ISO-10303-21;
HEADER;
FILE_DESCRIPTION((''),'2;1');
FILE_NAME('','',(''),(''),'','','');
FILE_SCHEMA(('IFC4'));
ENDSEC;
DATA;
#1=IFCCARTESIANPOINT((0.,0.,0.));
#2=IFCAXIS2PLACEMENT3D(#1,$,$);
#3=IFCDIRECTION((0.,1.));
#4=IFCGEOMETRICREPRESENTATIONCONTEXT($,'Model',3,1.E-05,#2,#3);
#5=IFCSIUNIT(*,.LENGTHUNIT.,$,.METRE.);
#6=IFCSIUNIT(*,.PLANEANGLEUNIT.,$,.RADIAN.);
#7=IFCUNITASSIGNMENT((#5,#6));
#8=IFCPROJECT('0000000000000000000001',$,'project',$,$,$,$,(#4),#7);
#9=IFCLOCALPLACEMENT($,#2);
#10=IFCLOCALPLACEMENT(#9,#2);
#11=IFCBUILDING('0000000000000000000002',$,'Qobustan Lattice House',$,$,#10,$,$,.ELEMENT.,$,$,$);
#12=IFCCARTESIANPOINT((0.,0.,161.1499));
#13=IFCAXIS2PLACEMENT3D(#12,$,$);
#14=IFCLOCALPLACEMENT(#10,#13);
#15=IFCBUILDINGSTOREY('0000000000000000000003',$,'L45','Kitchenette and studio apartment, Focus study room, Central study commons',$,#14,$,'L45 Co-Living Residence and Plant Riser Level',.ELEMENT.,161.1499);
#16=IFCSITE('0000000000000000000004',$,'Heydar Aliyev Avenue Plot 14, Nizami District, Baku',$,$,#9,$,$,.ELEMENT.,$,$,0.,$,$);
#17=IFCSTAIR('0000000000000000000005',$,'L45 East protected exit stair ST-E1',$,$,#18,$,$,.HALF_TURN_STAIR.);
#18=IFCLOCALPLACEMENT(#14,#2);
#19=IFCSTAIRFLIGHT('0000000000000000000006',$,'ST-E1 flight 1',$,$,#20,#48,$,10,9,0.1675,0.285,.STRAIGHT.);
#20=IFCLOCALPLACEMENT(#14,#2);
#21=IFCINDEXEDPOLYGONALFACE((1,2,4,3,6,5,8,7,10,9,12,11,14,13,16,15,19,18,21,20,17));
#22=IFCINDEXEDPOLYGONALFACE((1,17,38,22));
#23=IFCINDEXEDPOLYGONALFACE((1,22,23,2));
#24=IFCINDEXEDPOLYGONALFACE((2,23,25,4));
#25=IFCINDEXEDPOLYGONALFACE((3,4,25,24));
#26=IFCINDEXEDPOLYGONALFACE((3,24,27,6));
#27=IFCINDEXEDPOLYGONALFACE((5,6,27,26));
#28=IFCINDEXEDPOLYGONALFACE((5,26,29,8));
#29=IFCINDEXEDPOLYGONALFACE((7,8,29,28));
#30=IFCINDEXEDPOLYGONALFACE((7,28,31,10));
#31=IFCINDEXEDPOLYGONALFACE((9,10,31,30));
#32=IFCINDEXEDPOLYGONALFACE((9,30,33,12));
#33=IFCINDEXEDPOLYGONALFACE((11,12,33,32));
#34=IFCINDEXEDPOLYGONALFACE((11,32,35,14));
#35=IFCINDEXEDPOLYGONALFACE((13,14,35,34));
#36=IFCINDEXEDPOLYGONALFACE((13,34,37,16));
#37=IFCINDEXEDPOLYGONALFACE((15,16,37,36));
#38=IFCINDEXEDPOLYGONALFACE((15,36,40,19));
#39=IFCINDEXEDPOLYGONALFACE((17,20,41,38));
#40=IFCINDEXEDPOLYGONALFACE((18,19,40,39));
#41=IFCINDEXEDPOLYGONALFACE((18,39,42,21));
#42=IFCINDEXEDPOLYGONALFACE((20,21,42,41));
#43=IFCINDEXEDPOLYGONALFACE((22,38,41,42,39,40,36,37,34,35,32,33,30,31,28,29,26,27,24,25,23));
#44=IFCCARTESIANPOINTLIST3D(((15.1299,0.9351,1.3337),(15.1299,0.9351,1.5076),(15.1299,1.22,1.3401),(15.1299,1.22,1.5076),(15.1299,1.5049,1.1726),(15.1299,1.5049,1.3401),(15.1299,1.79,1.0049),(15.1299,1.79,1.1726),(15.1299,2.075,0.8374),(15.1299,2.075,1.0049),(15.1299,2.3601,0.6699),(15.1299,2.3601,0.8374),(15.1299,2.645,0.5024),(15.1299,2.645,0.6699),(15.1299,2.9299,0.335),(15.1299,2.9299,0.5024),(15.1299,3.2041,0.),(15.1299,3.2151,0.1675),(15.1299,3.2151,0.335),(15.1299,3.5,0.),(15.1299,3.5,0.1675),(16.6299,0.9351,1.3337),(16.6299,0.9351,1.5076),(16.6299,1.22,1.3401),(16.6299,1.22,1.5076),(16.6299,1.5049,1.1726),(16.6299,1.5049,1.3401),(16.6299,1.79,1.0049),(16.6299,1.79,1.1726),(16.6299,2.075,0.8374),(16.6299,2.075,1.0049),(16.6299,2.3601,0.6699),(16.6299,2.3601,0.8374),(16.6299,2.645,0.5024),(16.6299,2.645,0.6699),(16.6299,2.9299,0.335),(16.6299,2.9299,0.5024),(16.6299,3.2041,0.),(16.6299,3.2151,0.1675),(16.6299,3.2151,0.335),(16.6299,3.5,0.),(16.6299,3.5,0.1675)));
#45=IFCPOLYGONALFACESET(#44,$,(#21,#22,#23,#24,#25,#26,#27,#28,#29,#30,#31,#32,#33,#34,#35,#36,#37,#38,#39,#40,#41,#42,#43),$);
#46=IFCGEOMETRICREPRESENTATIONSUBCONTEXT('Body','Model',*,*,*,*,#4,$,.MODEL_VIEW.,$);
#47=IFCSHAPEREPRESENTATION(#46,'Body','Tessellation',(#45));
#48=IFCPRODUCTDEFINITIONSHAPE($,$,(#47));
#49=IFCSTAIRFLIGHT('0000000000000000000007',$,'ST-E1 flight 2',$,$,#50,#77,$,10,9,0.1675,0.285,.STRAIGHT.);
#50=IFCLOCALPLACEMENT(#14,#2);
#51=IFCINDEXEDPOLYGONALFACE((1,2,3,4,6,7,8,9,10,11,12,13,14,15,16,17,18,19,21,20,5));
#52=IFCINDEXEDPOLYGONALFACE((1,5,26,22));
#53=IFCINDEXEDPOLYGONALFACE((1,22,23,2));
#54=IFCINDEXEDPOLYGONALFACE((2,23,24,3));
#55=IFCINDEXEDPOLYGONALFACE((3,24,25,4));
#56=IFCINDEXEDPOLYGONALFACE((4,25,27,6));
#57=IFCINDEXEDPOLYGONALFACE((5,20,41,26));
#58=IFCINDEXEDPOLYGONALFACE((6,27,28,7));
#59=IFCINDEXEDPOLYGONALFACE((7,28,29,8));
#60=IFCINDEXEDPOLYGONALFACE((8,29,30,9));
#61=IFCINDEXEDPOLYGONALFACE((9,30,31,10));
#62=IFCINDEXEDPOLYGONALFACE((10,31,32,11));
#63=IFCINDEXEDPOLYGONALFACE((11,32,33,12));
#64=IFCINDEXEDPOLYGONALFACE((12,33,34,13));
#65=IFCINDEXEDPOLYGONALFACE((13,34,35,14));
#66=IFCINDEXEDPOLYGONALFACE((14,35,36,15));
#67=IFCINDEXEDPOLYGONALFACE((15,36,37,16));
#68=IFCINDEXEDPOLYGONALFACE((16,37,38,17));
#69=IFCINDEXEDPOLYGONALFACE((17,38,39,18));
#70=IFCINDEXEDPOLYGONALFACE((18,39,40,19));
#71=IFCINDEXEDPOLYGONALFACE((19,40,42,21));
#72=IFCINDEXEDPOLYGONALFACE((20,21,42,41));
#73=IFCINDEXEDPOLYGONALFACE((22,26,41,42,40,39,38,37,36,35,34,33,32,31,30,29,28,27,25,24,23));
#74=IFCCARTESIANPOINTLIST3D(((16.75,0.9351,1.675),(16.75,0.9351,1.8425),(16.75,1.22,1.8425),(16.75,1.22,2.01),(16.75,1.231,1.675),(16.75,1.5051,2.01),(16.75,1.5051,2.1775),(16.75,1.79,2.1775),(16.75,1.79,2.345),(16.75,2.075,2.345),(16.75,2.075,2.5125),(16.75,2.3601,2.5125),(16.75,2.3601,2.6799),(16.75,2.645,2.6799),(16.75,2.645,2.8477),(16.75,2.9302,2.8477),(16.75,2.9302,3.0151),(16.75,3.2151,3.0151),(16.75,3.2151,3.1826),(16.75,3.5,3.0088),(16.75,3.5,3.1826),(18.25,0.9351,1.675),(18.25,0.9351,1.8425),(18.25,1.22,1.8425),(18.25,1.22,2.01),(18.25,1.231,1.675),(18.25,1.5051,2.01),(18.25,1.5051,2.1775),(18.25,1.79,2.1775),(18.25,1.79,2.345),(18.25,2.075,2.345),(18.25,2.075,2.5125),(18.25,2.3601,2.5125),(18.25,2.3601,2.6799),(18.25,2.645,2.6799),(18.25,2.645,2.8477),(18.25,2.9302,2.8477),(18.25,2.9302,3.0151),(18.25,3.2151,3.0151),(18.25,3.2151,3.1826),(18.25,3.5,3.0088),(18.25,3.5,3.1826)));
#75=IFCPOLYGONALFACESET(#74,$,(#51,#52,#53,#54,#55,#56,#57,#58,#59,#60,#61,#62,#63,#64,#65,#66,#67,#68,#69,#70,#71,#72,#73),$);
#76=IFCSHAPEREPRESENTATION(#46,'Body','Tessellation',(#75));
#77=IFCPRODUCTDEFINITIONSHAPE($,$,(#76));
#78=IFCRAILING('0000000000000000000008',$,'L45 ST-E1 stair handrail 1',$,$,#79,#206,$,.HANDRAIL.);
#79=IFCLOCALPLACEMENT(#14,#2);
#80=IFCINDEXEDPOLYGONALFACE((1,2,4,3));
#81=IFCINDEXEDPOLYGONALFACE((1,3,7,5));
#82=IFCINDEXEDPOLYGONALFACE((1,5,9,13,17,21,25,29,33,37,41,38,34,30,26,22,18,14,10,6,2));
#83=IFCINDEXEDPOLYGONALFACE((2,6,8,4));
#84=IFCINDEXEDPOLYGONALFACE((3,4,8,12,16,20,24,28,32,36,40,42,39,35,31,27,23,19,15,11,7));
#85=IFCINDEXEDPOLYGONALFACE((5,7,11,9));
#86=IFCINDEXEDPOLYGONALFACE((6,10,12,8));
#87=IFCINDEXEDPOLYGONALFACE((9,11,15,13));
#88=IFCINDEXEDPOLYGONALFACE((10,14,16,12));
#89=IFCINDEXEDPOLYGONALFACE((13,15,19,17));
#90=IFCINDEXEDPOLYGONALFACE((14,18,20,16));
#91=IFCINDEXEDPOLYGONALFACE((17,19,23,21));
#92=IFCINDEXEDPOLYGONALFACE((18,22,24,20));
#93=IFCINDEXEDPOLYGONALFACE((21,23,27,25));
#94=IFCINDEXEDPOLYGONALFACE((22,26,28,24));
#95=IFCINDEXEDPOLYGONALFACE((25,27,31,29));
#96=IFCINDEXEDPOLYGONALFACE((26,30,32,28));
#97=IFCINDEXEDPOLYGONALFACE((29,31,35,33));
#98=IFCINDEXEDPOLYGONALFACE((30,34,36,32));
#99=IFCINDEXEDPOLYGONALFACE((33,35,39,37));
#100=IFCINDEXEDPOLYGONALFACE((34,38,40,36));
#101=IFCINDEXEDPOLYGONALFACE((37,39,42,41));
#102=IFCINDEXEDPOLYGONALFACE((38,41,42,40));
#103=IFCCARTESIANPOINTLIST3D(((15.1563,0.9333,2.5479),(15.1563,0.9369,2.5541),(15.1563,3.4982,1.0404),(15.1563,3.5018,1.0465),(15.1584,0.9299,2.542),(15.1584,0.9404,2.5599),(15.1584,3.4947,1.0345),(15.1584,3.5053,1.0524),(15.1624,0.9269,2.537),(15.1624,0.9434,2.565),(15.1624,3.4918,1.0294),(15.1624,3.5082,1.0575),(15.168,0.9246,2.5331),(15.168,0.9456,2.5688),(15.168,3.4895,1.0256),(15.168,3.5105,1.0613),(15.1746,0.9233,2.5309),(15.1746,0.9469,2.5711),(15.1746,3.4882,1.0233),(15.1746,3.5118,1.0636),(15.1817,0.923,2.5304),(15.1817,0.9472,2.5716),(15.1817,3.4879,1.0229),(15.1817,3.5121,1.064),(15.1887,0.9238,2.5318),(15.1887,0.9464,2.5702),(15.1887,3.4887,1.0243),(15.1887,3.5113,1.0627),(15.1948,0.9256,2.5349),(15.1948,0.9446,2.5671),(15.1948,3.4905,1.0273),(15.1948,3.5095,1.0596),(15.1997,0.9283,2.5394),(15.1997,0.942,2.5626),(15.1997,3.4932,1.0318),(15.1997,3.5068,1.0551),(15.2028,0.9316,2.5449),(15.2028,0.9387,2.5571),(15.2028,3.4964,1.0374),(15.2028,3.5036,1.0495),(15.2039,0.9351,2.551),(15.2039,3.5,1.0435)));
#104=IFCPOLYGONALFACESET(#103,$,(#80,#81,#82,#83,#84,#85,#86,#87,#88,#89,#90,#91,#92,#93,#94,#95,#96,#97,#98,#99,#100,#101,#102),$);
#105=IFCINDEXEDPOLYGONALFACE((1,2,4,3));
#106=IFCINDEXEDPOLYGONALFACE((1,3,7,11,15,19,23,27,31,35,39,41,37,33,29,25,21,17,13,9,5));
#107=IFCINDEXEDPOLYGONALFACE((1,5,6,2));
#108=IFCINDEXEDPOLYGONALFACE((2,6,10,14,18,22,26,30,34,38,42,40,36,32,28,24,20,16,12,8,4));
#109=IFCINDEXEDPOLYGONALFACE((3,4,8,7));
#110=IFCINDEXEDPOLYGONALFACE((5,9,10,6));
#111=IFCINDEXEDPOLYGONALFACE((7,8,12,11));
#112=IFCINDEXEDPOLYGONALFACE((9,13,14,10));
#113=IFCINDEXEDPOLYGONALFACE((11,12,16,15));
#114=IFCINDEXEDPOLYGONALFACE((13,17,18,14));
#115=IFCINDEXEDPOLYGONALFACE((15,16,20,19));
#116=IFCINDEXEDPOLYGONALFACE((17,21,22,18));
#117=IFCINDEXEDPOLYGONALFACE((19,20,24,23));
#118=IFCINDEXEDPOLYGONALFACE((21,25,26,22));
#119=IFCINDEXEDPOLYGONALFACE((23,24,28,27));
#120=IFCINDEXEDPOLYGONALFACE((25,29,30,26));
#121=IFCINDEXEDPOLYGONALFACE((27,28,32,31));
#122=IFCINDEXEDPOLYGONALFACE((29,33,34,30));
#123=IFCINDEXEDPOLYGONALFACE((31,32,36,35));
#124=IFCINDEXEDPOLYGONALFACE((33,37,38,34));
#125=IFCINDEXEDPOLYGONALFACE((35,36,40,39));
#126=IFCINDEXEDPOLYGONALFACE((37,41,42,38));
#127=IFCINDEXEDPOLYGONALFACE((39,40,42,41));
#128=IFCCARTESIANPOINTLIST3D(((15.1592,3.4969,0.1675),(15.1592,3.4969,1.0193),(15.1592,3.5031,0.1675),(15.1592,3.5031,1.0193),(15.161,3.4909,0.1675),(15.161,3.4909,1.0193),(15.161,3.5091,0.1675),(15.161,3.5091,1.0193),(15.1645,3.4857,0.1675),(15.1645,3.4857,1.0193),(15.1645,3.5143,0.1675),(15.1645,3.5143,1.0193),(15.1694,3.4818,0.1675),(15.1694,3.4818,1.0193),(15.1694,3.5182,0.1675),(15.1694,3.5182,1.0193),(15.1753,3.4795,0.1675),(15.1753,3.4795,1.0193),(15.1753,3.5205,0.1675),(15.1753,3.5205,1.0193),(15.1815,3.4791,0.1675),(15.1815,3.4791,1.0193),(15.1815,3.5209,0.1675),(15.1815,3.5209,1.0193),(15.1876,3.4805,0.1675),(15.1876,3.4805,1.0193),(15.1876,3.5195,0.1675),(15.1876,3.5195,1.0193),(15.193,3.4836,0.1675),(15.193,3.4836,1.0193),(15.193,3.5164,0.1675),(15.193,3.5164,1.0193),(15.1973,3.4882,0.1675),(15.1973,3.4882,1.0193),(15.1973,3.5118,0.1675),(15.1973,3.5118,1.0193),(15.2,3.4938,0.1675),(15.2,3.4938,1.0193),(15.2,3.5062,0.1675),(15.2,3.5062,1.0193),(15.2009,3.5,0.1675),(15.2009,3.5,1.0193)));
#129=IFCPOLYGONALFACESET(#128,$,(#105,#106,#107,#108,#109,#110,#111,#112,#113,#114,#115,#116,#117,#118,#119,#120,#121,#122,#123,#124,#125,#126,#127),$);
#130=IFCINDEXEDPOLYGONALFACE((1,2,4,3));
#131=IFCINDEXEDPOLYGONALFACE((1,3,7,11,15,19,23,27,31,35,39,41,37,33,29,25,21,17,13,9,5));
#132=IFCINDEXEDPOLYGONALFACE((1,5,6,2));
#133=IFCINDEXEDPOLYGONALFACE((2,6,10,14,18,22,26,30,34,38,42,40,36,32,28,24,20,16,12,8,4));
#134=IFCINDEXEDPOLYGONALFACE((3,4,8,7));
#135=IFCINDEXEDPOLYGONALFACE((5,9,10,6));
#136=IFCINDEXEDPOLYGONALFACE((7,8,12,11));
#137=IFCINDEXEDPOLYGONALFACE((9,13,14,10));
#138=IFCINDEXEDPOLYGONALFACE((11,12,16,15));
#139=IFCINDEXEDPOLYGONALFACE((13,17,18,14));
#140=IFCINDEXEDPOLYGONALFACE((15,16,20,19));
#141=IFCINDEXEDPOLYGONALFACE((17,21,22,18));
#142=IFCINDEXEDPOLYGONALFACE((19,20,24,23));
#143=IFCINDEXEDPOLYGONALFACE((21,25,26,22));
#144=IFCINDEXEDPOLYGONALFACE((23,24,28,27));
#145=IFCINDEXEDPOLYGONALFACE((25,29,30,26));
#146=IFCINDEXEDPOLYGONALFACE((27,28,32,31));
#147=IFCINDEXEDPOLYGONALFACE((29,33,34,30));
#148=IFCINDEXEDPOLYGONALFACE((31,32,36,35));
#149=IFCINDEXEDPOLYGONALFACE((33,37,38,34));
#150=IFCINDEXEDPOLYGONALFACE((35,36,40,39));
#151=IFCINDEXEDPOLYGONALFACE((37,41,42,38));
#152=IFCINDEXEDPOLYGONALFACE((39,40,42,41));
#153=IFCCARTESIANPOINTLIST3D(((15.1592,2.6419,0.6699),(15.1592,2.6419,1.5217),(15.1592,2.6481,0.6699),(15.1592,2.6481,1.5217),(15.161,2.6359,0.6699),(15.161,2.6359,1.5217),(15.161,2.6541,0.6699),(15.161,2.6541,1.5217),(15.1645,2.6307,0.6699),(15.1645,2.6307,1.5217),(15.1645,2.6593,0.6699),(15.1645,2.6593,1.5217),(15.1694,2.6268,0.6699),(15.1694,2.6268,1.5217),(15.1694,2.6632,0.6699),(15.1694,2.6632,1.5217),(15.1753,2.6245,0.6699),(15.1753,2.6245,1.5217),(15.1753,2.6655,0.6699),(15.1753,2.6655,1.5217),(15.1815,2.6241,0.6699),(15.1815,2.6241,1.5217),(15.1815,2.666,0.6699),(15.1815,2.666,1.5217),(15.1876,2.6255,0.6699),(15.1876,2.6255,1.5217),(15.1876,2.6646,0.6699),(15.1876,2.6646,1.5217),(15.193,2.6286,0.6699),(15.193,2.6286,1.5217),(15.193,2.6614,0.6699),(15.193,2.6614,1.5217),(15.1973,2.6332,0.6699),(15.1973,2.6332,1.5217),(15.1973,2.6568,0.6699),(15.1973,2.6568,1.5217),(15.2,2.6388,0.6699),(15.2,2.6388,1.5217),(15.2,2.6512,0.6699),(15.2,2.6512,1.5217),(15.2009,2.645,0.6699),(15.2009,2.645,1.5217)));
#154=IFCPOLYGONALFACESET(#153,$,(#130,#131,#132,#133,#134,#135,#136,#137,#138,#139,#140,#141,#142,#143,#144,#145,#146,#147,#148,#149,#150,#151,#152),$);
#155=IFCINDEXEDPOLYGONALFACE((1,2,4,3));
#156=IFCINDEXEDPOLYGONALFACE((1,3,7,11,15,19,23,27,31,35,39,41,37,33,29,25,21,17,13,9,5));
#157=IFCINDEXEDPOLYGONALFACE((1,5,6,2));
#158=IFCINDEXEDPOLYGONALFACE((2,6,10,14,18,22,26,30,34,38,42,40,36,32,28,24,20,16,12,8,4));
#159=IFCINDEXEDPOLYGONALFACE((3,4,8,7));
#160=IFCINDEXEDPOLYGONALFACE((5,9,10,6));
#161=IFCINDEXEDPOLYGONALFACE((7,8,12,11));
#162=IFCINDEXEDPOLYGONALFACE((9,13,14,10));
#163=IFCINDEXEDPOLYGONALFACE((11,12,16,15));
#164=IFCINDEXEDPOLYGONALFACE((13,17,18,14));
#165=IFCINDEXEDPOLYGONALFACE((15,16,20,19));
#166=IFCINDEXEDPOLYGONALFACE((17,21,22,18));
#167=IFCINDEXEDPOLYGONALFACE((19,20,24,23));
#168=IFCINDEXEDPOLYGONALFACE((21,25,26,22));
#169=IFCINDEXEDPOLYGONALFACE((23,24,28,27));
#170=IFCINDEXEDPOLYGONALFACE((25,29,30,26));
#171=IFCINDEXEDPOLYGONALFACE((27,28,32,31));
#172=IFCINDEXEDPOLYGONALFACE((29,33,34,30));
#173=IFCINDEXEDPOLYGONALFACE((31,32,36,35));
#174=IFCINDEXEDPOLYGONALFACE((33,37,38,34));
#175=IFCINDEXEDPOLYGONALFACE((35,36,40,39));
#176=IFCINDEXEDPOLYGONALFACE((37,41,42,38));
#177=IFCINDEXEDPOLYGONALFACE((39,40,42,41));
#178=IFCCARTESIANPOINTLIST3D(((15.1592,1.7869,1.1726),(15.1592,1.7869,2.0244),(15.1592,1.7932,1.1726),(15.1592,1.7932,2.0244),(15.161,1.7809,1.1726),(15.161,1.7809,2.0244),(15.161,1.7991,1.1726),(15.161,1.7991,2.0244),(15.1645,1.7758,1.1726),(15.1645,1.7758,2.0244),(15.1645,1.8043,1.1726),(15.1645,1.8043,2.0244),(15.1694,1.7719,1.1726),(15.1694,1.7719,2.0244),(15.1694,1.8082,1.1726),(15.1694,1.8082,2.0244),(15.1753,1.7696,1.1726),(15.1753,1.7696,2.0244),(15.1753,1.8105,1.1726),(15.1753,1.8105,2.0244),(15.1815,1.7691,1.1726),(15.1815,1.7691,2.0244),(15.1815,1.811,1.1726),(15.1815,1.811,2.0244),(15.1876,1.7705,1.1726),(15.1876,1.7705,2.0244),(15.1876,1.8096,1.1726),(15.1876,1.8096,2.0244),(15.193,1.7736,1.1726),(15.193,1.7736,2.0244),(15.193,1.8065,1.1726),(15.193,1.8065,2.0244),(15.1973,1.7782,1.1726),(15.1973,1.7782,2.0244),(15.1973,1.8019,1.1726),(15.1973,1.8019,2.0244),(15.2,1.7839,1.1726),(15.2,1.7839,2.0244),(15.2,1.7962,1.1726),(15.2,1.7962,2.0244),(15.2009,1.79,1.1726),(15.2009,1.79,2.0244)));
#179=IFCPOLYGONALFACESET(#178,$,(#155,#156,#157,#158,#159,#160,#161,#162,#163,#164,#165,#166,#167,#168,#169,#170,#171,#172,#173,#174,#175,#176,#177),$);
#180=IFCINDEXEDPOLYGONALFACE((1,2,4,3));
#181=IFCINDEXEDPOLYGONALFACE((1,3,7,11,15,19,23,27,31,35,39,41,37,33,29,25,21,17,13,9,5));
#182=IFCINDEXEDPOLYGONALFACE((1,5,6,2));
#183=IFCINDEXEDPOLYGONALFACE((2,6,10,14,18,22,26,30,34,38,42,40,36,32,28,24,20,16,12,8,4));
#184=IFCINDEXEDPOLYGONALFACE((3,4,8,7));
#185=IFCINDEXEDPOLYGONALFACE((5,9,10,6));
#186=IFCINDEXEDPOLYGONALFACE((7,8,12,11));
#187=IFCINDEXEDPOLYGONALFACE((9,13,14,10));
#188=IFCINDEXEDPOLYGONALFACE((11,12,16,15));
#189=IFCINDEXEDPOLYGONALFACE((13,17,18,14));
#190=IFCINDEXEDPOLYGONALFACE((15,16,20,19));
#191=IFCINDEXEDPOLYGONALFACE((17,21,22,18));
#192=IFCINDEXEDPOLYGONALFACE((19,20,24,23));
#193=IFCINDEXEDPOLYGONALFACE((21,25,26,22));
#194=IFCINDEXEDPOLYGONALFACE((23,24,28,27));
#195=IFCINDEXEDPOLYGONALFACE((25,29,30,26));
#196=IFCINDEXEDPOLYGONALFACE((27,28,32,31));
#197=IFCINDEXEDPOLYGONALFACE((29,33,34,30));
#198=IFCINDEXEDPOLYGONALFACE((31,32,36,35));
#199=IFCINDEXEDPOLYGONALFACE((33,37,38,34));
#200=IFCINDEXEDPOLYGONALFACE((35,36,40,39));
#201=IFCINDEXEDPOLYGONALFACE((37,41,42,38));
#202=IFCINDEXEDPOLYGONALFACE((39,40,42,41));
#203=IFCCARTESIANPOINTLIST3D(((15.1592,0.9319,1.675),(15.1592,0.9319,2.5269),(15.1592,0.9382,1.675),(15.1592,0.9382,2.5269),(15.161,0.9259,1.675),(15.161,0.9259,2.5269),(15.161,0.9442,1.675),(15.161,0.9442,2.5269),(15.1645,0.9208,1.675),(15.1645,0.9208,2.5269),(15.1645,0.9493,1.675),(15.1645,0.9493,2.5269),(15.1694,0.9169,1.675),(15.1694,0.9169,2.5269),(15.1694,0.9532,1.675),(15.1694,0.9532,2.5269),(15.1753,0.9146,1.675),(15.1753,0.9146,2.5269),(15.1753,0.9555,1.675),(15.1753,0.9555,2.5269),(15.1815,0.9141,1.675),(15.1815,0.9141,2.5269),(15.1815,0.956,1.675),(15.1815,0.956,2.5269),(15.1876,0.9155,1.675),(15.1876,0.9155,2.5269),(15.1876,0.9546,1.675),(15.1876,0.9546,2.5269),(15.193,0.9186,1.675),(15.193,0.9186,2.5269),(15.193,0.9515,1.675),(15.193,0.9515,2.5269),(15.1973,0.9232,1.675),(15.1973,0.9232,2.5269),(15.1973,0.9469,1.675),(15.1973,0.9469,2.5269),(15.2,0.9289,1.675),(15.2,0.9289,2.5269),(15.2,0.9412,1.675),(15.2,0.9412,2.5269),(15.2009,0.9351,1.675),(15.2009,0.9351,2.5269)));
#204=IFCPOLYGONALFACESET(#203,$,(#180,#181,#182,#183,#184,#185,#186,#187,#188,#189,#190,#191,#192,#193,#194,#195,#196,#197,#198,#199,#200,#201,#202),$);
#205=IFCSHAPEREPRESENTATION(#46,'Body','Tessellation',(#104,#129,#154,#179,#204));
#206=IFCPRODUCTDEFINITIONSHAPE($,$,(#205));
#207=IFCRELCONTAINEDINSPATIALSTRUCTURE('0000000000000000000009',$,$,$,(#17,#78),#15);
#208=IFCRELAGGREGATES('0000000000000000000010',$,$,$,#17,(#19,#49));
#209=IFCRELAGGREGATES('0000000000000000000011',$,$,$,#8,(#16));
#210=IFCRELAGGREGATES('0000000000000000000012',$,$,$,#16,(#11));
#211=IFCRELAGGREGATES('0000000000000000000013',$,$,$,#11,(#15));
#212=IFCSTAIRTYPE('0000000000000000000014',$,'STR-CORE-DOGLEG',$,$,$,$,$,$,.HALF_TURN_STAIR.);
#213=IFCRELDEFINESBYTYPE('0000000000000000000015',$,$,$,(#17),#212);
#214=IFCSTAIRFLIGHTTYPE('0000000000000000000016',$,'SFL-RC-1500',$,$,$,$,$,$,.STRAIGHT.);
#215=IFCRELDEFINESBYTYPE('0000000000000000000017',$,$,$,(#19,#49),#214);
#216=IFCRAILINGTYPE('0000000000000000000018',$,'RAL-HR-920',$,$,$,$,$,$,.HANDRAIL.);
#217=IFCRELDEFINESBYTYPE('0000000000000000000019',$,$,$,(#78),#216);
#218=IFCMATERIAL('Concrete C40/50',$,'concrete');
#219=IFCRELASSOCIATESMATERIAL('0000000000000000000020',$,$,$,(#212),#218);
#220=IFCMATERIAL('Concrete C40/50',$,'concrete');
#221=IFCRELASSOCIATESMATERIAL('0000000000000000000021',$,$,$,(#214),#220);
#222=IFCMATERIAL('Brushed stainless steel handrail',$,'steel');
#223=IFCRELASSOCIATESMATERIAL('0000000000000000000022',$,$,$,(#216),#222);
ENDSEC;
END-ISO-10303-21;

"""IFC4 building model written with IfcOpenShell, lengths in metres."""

from ifc_helpers import new_model, si_unit, direction, frame, origin, origin_2d, place, context, subcontext, project, spatial, polyline, circle, outline, extrude, material, type_object, element, aggregate, save


model = new_model("IFC4")

# Units and contexts
model_context = context("Model", 3, precision=1e-05, world=origin(), true_north=direction((0.0, 1.0)))
body_context = subcontext(model_context, "Body", "Model", "MODEL_VIEW")
ifc_project = project(units=[si_unit("LENGTHUNIT", "METRE"), si_unit("PLANEANGLEUNIT", "RADIAN")], contexts=[model_context])

# Site, building, storey
site_placement = place(None, origin())
site = spatial("IfcSite", under=ifc_project, at=site_placement, Name="Heydar Aliyev Avenue Plot 14, Nizami District, Baku", CompositionType="ELEMENT", RefElevation=0.0)
building_placement = place(site_placement, origin())
building = spatial("IfcBuilding", under=site, at=building_placement, Name="Qobustan Lattice House", CompositionType="ELEMENT")
storey_placement = place(building_placement, frame((0.0, 0.0, 161.1499)))
storey = spatial("IfcBuildingStorey", under=building, at=storey_placement, Name="L45", Description="Kitchenette and studio apartment, Focus study room, Central study commons", LongName="L45 Co-Living Residence and Plant Riser Level", CompositionType="ELEMENT", Elevation=161.1499)

# Stair, stair flights
ifc_material_1 = material(Name="Concrete C40/50", Category="concrete")
stair_type = type_object("IfcStairType", Name="STR-CORE-DOGLEG", PredefinedType="HALF_TURN_STAIR", material=ifc_material_1)
stair_placement = place(storey_placement, origin())
stair = element("IfcStair", 1, at=stair_placement, inside=storey, type_object=stair_type, Name="L45 East protected exit stair ST-E1", PredefinedType="HALF_TURN_STAIR")
ifc_material_2 = material(Name="Concrete C40/50", Category="concrete")
stair_flight_type = type_object("IfcStairFlightType", Name="SFL-RC-1500", PredefinedType="STRAIGHT", material=ifc_material_2)
stair_flight_1_placement = place(storey_placement, frame((15.8799, 3.5, 0.0), z_axis=(0.0, 0.0, 1.0), x_axis=(0.0, -1.0, 0.0)))
stair_flight_1 = element("IfcStairFlight", 2, at=stair_flight_1_placement, type_object=stair_flight_type, Name="ST-E1 flight 1", NumberOfRisers=10, NumberOfTreads=9, PredefinedType="STRAIGHT", RiserHeight=0.1675, TreadLength=0.285, context=body_context, shape_type="SweptSolid", body=[
    extrude(outline(polyline([(0.0, 0.0), (0.0, 0.1675), (0.2849, 0.1675), (0.2849, 0.335), (0.5701, 0.335), (0.5701, 0.5024), (0.855, 0.5024), (0.855, 0.6699), (1.1399, 0.6699), (1.1399, 0.8374), (1.425, 0.8374), (1.425, 1.0049), (1.71, 1.0049), (1.71, 1.1726), (1.9951, 1.1726), (1.9951, 1.3401), (2.28, 1.3401), (2.28, 1.5076), (2.5649, 1.5076), (2.5649, 1.675), (2.5649, 1.3337), (0.2959, 0.0), (0.0, 0.0)])), frame((0.0, 0.75, 0.0), z_axis=(0.0, -1.0, 0.0), x_axis=(1.0, 0.0, 0.0)), (0.0, 0.0, 1.0), 1.5),
])
stair_flight_2_placement = place(storey_placement, frame((17.5, 0.9351, 1.675), z_axis=(0.0, 0.0, 1.0), x_axis=(0.0, 1.0, 0.0)))
stair_flight_2 = element("IfcStairFlight", 3, at=stair_flight_2_placement, type_object=stair_flight_type, Name="ST-E1 flight 2", NumberOfRisers=10, NumberOfTreads=9, PredefinedType="STRAIGHT", RiserHeight=0.1675, TreadLength=0.285, context=body_context, shape_type="SweptSolid", body=[
    extrude(outline(polyline([(0.0, 0.0), (0.0, 0.1675), (0.2849, 0.1675), (0.2849, 0.335), (0.5701, 0.335), (0.5701, 0.5024), (0.855, 0.5024), (0.855, 0.6699), (1.1399, 0.6699), (1.1399, 0.8374), (1.425, 0.8374), (1.425, 1.0049), (1.71, 1.0049), (1.71, 1.1726), (1.9951, 1.1726), (1.9951, 1.3401), (2.28, 1.3401), (2.28, 1.5076), (2.5649, 1.5076), (2.5649, 1.675), (2.5649, 1.3337), (0.2959, 0.0), (0.0, 0.0)])), frame((0.0, 0.75, 0.0), z_axis=(0.0, -1.0, 0.0), x_axis=(1.0, 0.0, 0.0)), (0.0, 0.0, 1.0), 1.5),
])
aggregate(stair, [stair_flight_1, stair_flight_2])

# Railing
ifc_material_3 = material(Name="Brushed stainless steel handrail", Category="steel")
railing_type_1 = type_object("IfcRailingType", Name="RAL-HR-920", PredefinedType="HANDRAIL", material=ifc_material_3)
railing_1_placement = place(storey_placement, frame((15.1799, 3.5, 0.1675)))
element("IfcRailing", 4, at=railing_1_placement, inside=storey, type_object=railing_type_1, Name="L45 ST-E1 stair handrail 1", PredefinedType="HANDRAIL", context=body_context, shape_type="SweptSolid", body=[
    extrude(circle(Radius=0.0239, at=origin_2d()), frame((0.0, 0.0, 0.876), z_axis=(0.0, -0.862113, 0.506715), x_axis=(1.0, 0.0, 0.0)), (0.0, 0.0, 1.0), 2.9751),
    extrude(circle(Radius=0.021, at=origin_2d()), origin(), (0.0, 0.0, 1.0), 0.8518),
    extrude(circle(Radius=0.021, at=origin_2d()), frame((0.0, -0.855, 0.5024)), (0.0, 0.0, 1.0), 0.8518),
    extrude(circle(Radius=0.021, at=origin_2d()), frame((0.0, -1.71, 1.0051)), (0.0, 0.0, 1.0), 0.8518),
    extrude(circle(Radius=0.021, at=origin_2d()), frame((0.0, -2.5649, 1.5076)), (0.0, 0.0, 1.0), 0.8518),
])

save(model, "model.ifc")
